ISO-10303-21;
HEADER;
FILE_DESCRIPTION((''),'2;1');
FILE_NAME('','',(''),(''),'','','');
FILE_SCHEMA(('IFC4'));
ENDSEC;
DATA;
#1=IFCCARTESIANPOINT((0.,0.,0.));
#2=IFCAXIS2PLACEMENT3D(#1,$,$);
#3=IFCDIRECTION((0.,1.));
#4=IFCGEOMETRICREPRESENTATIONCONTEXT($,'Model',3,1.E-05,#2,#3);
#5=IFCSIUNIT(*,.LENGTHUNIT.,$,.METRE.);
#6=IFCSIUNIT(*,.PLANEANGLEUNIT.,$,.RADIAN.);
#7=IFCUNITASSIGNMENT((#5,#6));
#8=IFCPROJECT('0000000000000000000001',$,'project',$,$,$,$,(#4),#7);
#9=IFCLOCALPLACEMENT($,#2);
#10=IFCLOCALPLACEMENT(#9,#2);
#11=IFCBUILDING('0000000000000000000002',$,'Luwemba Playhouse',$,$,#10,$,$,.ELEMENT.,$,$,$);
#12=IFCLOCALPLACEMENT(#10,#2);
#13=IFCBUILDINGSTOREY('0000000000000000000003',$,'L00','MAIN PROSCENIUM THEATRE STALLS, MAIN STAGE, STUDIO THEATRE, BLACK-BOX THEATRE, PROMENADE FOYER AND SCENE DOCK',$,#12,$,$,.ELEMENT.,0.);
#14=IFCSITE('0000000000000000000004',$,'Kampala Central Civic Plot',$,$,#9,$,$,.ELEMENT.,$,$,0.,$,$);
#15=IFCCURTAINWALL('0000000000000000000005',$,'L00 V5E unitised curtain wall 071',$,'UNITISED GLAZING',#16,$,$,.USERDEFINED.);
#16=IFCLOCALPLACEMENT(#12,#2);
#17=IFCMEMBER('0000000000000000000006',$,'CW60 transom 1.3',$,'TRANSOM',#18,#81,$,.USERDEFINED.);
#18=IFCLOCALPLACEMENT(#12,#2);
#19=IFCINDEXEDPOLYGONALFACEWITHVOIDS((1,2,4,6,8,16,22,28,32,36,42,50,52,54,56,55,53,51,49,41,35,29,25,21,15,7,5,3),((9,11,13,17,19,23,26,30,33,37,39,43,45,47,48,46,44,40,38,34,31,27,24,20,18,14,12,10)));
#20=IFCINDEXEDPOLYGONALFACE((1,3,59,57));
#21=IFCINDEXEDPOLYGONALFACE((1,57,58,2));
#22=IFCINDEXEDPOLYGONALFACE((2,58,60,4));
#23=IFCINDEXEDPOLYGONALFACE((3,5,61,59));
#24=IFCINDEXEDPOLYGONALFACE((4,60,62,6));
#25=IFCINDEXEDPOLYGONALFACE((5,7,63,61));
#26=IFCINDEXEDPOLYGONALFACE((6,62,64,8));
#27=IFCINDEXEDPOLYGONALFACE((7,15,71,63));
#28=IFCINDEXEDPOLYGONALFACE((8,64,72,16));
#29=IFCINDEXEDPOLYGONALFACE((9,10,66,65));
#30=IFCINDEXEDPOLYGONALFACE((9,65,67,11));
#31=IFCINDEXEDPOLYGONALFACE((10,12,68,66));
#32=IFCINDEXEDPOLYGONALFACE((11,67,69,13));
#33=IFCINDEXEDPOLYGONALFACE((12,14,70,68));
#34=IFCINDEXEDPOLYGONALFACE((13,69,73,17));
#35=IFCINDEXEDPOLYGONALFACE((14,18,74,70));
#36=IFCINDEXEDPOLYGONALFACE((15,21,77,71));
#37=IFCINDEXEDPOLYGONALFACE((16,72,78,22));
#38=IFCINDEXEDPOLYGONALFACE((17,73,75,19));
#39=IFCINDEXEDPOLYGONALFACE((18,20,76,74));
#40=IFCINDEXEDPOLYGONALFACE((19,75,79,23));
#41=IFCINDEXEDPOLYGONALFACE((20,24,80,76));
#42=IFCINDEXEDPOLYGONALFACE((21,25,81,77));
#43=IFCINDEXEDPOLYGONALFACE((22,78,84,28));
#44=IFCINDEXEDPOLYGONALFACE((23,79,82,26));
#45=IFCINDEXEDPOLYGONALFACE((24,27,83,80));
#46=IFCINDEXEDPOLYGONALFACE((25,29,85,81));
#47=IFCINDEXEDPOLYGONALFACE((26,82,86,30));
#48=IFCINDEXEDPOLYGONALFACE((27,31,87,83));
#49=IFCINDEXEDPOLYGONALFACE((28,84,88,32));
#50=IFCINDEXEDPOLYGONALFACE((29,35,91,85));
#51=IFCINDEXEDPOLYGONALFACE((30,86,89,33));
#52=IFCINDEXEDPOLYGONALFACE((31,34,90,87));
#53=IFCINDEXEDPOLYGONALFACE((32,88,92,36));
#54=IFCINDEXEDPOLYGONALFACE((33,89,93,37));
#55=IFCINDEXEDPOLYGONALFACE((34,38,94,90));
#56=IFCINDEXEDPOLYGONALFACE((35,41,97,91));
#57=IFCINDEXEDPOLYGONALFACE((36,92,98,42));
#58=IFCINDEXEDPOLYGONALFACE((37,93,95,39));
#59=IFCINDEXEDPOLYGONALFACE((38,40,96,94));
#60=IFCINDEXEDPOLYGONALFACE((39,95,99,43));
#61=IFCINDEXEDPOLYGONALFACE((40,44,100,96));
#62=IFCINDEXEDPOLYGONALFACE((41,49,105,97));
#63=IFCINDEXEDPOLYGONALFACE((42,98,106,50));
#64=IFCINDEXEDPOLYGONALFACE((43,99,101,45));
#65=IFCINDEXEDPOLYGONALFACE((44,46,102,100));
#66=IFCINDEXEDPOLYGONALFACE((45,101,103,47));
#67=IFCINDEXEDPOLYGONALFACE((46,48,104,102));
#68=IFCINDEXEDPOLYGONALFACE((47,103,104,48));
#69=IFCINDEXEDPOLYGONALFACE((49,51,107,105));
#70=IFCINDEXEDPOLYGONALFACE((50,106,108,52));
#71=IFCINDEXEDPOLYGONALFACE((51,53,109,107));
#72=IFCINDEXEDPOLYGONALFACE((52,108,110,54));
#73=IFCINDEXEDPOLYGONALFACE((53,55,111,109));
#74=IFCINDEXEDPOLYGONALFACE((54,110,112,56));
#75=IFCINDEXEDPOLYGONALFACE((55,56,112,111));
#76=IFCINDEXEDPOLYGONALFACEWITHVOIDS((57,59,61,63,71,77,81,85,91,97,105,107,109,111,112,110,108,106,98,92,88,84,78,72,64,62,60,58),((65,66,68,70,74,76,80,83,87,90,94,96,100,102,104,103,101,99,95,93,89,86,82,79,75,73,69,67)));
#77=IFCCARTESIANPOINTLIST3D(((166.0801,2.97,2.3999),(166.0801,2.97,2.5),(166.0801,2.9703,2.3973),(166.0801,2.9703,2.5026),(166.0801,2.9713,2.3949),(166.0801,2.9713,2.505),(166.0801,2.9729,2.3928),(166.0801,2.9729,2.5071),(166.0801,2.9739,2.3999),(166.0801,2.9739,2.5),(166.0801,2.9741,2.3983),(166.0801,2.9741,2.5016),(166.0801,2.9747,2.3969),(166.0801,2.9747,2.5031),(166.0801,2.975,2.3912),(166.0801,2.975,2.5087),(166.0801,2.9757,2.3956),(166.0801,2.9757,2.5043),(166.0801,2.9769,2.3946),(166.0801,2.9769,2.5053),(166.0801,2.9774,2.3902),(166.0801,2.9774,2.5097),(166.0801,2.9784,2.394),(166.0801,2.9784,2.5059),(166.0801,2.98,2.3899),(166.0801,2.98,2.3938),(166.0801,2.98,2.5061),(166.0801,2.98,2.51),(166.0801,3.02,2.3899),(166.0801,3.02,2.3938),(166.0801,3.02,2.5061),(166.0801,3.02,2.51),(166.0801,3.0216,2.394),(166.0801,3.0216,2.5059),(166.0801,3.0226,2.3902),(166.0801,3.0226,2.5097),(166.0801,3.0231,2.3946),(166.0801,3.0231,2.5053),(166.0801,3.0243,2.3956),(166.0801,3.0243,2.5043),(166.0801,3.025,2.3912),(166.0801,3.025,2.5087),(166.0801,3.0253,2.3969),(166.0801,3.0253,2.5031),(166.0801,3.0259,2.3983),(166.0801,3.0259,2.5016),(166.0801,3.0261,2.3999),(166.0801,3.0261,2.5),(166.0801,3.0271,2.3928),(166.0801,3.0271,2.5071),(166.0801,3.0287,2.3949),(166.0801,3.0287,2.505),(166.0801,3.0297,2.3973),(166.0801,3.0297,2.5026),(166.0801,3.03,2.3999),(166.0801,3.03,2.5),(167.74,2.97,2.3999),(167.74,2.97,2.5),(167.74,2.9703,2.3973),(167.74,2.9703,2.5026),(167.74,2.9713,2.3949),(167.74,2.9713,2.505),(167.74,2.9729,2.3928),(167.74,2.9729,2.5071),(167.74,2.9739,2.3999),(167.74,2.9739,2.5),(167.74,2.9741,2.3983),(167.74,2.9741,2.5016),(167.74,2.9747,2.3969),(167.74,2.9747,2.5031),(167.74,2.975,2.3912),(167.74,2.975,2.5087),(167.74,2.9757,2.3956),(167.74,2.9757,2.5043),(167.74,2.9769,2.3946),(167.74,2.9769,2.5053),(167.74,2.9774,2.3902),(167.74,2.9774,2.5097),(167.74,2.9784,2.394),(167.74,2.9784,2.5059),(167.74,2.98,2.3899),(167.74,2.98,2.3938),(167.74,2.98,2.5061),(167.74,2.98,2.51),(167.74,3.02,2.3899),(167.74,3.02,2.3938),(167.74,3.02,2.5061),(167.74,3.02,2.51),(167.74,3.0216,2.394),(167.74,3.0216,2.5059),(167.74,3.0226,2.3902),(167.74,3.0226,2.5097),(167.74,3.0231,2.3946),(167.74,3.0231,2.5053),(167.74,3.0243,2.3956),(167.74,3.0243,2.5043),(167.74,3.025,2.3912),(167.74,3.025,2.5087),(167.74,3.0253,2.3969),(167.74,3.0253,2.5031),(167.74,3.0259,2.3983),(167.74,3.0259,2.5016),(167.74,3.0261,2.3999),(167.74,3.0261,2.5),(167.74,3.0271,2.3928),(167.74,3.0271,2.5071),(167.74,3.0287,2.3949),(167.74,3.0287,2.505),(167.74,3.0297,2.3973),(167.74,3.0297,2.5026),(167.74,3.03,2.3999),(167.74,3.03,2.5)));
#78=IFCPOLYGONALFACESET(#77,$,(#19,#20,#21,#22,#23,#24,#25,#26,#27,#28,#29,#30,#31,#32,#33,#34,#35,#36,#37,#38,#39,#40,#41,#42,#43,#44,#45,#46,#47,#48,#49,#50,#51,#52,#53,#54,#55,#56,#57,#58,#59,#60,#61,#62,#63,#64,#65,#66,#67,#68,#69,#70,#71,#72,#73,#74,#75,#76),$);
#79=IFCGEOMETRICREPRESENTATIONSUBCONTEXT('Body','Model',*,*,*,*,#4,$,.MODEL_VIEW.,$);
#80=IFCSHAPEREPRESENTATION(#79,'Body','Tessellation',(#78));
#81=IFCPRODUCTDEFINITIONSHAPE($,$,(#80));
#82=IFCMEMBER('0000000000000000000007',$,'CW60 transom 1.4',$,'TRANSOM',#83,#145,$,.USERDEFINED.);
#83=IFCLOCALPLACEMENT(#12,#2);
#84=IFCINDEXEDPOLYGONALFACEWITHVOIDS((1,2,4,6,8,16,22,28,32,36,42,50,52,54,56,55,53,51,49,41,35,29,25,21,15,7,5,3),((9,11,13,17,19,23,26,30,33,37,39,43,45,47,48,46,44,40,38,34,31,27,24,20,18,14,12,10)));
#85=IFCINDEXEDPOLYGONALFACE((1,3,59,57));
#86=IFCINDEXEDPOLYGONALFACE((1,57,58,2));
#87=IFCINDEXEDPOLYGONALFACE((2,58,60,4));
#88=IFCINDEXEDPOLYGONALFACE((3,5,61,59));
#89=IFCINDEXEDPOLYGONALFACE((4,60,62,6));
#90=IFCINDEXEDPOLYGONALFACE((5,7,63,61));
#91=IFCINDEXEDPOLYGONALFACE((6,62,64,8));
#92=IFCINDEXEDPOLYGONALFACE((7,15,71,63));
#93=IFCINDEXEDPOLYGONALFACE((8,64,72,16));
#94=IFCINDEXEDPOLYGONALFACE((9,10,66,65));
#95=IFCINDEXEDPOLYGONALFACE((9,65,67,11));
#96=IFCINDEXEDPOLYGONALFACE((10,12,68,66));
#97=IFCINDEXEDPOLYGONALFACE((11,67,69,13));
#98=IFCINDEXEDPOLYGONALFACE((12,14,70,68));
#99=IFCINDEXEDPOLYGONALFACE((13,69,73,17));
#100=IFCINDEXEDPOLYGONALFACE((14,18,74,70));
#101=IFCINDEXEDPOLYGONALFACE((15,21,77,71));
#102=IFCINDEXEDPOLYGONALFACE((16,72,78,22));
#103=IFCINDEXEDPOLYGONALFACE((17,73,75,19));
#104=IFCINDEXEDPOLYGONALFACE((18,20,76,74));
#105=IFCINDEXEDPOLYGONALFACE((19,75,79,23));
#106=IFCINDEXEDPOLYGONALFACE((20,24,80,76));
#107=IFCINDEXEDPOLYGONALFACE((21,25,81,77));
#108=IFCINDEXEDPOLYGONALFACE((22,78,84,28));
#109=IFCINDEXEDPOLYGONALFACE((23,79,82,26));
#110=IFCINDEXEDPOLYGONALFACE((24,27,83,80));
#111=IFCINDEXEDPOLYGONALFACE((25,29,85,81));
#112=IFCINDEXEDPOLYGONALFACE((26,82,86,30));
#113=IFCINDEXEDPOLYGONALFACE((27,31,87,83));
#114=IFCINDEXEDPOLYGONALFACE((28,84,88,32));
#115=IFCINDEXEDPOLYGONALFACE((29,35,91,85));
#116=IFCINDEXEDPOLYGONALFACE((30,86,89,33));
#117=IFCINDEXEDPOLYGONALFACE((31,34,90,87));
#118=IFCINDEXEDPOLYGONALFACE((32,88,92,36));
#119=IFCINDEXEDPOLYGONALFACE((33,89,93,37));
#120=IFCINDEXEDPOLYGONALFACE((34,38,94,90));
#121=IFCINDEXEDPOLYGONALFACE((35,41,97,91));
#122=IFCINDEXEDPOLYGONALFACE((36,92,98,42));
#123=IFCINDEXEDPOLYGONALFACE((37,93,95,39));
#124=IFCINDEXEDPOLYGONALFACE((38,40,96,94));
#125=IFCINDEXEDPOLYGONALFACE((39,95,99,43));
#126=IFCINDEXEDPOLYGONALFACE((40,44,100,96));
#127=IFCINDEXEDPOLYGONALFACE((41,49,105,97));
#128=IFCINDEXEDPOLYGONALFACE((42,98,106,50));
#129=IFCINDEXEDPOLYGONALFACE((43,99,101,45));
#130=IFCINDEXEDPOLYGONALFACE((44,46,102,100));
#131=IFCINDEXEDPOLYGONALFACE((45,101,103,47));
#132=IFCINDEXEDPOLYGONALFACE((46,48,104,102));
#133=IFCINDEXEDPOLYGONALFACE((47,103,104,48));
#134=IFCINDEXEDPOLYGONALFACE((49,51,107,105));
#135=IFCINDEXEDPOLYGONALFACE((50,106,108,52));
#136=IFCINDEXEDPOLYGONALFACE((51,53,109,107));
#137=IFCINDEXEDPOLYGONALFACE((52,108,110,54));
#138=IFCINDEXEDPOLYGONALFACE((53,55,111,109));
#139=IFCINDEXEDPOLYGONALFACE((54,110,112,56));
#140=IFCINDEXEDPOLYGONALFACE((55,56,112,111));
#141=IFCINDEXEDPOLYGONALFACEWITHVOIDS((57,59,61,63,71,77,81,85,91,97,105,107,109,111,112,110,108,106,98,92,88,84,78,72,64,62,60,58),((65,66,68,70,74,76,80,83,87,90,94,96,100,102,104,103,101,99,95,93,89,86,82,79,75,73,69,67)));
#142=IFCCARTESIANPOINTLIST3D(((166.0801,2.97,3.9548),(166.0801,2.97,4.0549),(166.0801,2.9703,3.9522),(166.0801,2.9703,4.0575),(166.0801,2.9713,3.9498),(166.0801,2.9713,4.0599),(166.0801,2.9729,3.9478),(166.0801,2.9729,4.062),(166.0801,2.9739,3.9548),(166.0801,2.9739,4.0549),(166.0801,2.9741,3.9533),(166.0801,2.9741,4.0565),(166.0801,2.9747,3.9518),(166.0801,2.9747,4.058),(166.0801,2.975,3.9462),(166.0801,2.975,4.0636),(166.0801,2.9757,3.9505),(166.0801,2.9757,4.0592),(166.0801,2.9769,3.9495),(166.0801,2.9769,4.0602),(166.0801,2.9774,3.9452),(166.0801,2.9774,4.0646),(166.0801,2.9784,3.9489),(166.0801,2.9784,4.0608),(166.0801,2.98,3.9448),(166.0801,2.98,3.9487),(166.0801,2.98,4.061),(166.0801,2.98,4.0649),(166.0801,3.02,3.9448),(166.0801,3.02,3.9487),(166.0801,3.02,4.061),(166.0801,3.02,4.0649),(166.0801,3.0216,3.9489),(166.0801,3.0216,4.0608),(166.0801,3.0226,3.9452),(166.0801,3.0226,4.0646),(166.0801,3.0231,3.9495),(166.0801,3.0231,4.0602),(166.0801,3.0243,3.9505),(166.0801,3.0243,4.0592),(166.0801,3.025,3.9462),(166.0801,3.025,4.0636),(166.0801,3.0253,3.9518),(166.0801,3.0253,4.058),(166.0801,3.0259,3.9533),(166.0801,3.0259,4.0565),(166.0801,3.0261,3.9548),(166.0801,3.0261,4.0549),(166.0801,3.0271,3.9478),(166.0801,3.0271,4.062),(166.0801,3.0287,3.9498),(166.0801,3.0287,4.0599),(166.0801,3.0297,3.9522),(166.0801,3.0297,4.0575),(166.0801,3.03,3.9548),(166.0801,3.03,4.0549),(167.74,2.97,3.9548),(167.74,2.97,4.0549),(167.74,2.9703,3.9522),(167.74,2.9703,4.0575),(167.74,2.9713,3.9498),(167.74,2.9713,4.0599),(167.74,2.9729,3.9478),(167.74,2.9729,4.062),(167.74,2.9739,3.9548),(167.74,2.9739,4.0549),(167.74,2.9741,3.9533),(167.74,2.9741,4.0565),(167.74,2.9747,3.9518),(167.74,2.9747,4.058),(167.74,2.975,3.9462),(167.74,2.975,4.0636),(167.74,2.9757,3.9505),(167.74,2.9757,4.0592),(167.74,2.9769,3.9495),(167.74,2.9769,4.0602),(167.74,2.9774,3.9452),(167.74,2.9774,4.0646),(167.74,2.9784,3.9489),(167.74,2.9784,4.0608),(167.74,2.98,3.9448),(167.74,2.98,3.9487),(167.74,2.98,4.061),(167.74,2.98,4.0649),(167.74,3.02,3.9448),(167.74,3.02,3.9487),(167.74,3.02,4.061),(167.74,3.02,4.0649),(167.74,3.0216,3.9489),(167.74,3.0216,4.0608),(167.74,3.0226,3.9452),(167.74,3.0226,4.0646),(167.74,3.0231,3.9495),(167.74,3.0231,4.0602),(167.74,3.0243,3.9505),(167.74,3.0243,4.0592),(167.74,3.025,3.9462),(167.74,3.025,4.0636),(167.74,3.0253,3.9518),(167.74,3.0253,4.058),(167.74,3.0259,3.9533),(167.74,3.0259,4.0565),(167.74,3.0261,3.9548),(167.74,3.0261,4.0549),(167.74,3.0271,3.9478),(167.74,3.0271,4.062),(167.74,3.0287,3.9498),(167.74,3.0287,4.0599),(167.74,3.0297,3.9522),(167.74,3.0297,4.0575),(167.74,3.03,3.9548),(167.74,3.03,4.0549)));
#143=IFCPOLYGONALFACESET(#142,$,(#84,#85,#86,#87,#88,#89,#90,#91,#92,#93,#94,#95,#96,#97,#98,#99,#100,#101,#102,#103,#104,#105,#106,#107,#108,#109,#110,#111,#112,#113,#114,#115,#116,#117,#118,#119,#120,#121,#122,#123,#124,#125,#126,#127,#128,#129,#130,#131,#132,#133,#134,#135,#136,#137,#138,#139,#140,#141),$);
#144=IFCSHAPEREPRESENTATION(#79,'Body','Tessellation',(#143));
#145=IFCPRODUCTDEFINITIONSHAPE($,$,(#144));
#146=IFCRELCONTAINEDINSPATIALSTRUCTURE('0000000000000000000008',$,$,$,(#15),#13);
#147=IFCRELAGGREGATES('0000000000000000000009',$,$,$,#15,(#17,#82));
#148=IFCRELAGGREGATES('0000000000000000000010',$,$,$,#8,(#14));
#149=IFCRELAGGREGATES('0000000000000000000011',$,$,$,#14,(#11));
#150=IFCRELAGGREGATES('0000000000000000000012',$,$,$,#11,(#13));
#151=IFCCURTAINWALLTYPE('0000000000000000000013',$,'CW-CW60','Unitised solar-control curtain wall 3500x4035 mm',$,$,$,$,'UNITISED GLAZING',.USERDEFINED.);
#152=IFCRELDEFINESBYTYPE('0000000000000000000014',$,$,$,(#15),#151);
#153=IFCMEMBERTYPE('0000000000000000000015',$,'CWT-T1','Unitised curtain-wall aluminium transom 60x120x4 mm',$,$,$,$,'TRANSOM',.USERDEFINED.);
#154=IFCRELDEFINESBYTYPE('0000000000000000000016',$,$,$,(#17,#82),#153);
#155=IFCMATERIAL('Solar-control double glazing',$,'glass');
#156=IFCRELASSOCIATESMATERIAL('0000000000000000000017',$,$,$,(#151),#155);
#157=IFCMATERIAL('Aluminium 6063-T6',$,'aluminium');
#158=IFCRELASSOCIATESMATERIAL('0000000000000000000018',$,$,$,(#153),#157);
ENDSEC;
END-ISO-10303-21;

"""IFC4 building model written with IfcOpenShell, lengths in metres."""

from ifc_helpers import new_model, si_unit, direction, frame, origin, origin_2d, place, context, subcontext, project, spatial, hollow_rectangle, extrude, material, material_profile, profile_set, type_object, element, aggregate, save


model = new_model("IFC4")

# Units and contexts
model_context = context("Model", 3, precision=1e-05, world=origin(), true_north=direction((0.0, 1.0)))
body_context = subcontext(model_context, "Body", "Model", "MODEL_VIEW")
ifc_project = project(units=[si_unit("LENGTHUNIT", "METRE"), si_unit("PLANEANGLEUNIT", "RADIAN")], contexts=[model_context])

# Site, building, storey
site_placement = place(None, origin())
site = spatial("IfcSite", under=ifc_project, at=site_placement, Name="Kampala Central Civic Plot", CompositionType="ELEMENT", RefElevation=0.0)
building_placement = place(site_placement, origin())
building = spatial("IfcBuilding", under=site, at=building_placement, Name="Luwemba Playhouse", CompositionType="ELEMENT")
storey_placement = place(building_placement, origin())
storey = spatial("IfcBuildingStorey", under=building, at=storey_placement, Name="L00", Description="MAIN PROSCENIUM THEATRE STALLS, MAIN STAGE, STUDIO THEATRE, BLACK-BOX THEATRE, PROMENADE FOYER AND SCENE DOCK", CompositionType="ELEMENT", Elevation=0.0)

# Curtain wall, members
ifc_material_1 = material(Name="Solar-control double glazing", Category="glass")
curtain_wall_type = type_object("IfcCurtainWallType", Name="CW-CW60", Description="Unitised solar-control curtain wall 3500x4035 mm", ElementType="UNITISED GLAZING", PredefinedType="USERDEFINED", material=ifc_material_1)
curtain_wall_placement = place(storey_placement, origin())
curtain_wall = element("IfcCurtainWall", 1, at=curtain_wall_placement, inside=storey, type_object=curtain_wall_type, Name="L00 V5E unitised curtain wall 071", ObjectType="UNITISED GLAZING", PredefinedType="USERDEFINED")
ifc_material_2 = material(Name="Aluminium 6063-T6", Category="aluminium")
ifc_material_profile_1 = material_profile(ifc_material_2, hollow_rectangle(XDim=0.0601, YDim=0.1201, WallThickness=0.0039, InnerFilletRadius=0.0061, OuterFilletRadius=0.01, at=origin_2d()))
ifc_profile_set_1 = profile_set([ifc_material_profile_1], Name="Aluminium 6063-T6")
member_type_1 = type_object("IfcMemberType", Name="CWT-T1", Description="Unitised curtain-wall aluminium transom 60x120x4 mm", ElementType="TRANSOM", PredefinedType="USERDEFINED", material=ifc_profile_set_1)
member_1_placement = place(storey_placement, frame((167.74, 3.0, 2.45), z_axis=(-1.0, 0.0, 0.0), x_axis=(0.0, -1.0, 0.0)))
member_1 = element("IfcMember", 2, at=member_1_placement, type_object=member_type_1, Name="CW60 transom 1.3", ObjectType="TRANSOM", PredefinedType="USERDEFINED", context=body_context, shape_type="SweptSolid", body=[
    extrude(hollow_rectangle(XDim=0.0601, YDim=0.1201, WallThickness=0.0039, InnerFilletRadius=0.0061, OuterFilletRadius=0.01, at=origin_2d()), origin(), (0.0, 0.0, 1.0), 1.6599),
])
member_2_placement = place(storey_placement, frame((167.74, 3.0, 4.0049), z_axis=(-1.0, 0.0, 0.0), x_axis=(0.0, -1.0, 0.0)))
member_2 = element("IfcMember", 3, at=member_2_placement, type_object=member_type_1, Name="CW60 transom 1.4", ObjectType="TRANSOM", PredefinedType="USERDEFINED", context=body_context, shape_type="SweptSolid", body=[
    extrude(hollow_rectangle(XDim=0.0601, YDim=0.1201, WallThickness=0.0039, InnerFilletRadius=0.0061, OuterFilletRadius=0.01, at=origin_2d()), origin(), (0.0, 0.0, 1.0), 1.6599),
])
aggregate(curtain_wall, [member_1, member_2])

save(model, "model.ifc")
